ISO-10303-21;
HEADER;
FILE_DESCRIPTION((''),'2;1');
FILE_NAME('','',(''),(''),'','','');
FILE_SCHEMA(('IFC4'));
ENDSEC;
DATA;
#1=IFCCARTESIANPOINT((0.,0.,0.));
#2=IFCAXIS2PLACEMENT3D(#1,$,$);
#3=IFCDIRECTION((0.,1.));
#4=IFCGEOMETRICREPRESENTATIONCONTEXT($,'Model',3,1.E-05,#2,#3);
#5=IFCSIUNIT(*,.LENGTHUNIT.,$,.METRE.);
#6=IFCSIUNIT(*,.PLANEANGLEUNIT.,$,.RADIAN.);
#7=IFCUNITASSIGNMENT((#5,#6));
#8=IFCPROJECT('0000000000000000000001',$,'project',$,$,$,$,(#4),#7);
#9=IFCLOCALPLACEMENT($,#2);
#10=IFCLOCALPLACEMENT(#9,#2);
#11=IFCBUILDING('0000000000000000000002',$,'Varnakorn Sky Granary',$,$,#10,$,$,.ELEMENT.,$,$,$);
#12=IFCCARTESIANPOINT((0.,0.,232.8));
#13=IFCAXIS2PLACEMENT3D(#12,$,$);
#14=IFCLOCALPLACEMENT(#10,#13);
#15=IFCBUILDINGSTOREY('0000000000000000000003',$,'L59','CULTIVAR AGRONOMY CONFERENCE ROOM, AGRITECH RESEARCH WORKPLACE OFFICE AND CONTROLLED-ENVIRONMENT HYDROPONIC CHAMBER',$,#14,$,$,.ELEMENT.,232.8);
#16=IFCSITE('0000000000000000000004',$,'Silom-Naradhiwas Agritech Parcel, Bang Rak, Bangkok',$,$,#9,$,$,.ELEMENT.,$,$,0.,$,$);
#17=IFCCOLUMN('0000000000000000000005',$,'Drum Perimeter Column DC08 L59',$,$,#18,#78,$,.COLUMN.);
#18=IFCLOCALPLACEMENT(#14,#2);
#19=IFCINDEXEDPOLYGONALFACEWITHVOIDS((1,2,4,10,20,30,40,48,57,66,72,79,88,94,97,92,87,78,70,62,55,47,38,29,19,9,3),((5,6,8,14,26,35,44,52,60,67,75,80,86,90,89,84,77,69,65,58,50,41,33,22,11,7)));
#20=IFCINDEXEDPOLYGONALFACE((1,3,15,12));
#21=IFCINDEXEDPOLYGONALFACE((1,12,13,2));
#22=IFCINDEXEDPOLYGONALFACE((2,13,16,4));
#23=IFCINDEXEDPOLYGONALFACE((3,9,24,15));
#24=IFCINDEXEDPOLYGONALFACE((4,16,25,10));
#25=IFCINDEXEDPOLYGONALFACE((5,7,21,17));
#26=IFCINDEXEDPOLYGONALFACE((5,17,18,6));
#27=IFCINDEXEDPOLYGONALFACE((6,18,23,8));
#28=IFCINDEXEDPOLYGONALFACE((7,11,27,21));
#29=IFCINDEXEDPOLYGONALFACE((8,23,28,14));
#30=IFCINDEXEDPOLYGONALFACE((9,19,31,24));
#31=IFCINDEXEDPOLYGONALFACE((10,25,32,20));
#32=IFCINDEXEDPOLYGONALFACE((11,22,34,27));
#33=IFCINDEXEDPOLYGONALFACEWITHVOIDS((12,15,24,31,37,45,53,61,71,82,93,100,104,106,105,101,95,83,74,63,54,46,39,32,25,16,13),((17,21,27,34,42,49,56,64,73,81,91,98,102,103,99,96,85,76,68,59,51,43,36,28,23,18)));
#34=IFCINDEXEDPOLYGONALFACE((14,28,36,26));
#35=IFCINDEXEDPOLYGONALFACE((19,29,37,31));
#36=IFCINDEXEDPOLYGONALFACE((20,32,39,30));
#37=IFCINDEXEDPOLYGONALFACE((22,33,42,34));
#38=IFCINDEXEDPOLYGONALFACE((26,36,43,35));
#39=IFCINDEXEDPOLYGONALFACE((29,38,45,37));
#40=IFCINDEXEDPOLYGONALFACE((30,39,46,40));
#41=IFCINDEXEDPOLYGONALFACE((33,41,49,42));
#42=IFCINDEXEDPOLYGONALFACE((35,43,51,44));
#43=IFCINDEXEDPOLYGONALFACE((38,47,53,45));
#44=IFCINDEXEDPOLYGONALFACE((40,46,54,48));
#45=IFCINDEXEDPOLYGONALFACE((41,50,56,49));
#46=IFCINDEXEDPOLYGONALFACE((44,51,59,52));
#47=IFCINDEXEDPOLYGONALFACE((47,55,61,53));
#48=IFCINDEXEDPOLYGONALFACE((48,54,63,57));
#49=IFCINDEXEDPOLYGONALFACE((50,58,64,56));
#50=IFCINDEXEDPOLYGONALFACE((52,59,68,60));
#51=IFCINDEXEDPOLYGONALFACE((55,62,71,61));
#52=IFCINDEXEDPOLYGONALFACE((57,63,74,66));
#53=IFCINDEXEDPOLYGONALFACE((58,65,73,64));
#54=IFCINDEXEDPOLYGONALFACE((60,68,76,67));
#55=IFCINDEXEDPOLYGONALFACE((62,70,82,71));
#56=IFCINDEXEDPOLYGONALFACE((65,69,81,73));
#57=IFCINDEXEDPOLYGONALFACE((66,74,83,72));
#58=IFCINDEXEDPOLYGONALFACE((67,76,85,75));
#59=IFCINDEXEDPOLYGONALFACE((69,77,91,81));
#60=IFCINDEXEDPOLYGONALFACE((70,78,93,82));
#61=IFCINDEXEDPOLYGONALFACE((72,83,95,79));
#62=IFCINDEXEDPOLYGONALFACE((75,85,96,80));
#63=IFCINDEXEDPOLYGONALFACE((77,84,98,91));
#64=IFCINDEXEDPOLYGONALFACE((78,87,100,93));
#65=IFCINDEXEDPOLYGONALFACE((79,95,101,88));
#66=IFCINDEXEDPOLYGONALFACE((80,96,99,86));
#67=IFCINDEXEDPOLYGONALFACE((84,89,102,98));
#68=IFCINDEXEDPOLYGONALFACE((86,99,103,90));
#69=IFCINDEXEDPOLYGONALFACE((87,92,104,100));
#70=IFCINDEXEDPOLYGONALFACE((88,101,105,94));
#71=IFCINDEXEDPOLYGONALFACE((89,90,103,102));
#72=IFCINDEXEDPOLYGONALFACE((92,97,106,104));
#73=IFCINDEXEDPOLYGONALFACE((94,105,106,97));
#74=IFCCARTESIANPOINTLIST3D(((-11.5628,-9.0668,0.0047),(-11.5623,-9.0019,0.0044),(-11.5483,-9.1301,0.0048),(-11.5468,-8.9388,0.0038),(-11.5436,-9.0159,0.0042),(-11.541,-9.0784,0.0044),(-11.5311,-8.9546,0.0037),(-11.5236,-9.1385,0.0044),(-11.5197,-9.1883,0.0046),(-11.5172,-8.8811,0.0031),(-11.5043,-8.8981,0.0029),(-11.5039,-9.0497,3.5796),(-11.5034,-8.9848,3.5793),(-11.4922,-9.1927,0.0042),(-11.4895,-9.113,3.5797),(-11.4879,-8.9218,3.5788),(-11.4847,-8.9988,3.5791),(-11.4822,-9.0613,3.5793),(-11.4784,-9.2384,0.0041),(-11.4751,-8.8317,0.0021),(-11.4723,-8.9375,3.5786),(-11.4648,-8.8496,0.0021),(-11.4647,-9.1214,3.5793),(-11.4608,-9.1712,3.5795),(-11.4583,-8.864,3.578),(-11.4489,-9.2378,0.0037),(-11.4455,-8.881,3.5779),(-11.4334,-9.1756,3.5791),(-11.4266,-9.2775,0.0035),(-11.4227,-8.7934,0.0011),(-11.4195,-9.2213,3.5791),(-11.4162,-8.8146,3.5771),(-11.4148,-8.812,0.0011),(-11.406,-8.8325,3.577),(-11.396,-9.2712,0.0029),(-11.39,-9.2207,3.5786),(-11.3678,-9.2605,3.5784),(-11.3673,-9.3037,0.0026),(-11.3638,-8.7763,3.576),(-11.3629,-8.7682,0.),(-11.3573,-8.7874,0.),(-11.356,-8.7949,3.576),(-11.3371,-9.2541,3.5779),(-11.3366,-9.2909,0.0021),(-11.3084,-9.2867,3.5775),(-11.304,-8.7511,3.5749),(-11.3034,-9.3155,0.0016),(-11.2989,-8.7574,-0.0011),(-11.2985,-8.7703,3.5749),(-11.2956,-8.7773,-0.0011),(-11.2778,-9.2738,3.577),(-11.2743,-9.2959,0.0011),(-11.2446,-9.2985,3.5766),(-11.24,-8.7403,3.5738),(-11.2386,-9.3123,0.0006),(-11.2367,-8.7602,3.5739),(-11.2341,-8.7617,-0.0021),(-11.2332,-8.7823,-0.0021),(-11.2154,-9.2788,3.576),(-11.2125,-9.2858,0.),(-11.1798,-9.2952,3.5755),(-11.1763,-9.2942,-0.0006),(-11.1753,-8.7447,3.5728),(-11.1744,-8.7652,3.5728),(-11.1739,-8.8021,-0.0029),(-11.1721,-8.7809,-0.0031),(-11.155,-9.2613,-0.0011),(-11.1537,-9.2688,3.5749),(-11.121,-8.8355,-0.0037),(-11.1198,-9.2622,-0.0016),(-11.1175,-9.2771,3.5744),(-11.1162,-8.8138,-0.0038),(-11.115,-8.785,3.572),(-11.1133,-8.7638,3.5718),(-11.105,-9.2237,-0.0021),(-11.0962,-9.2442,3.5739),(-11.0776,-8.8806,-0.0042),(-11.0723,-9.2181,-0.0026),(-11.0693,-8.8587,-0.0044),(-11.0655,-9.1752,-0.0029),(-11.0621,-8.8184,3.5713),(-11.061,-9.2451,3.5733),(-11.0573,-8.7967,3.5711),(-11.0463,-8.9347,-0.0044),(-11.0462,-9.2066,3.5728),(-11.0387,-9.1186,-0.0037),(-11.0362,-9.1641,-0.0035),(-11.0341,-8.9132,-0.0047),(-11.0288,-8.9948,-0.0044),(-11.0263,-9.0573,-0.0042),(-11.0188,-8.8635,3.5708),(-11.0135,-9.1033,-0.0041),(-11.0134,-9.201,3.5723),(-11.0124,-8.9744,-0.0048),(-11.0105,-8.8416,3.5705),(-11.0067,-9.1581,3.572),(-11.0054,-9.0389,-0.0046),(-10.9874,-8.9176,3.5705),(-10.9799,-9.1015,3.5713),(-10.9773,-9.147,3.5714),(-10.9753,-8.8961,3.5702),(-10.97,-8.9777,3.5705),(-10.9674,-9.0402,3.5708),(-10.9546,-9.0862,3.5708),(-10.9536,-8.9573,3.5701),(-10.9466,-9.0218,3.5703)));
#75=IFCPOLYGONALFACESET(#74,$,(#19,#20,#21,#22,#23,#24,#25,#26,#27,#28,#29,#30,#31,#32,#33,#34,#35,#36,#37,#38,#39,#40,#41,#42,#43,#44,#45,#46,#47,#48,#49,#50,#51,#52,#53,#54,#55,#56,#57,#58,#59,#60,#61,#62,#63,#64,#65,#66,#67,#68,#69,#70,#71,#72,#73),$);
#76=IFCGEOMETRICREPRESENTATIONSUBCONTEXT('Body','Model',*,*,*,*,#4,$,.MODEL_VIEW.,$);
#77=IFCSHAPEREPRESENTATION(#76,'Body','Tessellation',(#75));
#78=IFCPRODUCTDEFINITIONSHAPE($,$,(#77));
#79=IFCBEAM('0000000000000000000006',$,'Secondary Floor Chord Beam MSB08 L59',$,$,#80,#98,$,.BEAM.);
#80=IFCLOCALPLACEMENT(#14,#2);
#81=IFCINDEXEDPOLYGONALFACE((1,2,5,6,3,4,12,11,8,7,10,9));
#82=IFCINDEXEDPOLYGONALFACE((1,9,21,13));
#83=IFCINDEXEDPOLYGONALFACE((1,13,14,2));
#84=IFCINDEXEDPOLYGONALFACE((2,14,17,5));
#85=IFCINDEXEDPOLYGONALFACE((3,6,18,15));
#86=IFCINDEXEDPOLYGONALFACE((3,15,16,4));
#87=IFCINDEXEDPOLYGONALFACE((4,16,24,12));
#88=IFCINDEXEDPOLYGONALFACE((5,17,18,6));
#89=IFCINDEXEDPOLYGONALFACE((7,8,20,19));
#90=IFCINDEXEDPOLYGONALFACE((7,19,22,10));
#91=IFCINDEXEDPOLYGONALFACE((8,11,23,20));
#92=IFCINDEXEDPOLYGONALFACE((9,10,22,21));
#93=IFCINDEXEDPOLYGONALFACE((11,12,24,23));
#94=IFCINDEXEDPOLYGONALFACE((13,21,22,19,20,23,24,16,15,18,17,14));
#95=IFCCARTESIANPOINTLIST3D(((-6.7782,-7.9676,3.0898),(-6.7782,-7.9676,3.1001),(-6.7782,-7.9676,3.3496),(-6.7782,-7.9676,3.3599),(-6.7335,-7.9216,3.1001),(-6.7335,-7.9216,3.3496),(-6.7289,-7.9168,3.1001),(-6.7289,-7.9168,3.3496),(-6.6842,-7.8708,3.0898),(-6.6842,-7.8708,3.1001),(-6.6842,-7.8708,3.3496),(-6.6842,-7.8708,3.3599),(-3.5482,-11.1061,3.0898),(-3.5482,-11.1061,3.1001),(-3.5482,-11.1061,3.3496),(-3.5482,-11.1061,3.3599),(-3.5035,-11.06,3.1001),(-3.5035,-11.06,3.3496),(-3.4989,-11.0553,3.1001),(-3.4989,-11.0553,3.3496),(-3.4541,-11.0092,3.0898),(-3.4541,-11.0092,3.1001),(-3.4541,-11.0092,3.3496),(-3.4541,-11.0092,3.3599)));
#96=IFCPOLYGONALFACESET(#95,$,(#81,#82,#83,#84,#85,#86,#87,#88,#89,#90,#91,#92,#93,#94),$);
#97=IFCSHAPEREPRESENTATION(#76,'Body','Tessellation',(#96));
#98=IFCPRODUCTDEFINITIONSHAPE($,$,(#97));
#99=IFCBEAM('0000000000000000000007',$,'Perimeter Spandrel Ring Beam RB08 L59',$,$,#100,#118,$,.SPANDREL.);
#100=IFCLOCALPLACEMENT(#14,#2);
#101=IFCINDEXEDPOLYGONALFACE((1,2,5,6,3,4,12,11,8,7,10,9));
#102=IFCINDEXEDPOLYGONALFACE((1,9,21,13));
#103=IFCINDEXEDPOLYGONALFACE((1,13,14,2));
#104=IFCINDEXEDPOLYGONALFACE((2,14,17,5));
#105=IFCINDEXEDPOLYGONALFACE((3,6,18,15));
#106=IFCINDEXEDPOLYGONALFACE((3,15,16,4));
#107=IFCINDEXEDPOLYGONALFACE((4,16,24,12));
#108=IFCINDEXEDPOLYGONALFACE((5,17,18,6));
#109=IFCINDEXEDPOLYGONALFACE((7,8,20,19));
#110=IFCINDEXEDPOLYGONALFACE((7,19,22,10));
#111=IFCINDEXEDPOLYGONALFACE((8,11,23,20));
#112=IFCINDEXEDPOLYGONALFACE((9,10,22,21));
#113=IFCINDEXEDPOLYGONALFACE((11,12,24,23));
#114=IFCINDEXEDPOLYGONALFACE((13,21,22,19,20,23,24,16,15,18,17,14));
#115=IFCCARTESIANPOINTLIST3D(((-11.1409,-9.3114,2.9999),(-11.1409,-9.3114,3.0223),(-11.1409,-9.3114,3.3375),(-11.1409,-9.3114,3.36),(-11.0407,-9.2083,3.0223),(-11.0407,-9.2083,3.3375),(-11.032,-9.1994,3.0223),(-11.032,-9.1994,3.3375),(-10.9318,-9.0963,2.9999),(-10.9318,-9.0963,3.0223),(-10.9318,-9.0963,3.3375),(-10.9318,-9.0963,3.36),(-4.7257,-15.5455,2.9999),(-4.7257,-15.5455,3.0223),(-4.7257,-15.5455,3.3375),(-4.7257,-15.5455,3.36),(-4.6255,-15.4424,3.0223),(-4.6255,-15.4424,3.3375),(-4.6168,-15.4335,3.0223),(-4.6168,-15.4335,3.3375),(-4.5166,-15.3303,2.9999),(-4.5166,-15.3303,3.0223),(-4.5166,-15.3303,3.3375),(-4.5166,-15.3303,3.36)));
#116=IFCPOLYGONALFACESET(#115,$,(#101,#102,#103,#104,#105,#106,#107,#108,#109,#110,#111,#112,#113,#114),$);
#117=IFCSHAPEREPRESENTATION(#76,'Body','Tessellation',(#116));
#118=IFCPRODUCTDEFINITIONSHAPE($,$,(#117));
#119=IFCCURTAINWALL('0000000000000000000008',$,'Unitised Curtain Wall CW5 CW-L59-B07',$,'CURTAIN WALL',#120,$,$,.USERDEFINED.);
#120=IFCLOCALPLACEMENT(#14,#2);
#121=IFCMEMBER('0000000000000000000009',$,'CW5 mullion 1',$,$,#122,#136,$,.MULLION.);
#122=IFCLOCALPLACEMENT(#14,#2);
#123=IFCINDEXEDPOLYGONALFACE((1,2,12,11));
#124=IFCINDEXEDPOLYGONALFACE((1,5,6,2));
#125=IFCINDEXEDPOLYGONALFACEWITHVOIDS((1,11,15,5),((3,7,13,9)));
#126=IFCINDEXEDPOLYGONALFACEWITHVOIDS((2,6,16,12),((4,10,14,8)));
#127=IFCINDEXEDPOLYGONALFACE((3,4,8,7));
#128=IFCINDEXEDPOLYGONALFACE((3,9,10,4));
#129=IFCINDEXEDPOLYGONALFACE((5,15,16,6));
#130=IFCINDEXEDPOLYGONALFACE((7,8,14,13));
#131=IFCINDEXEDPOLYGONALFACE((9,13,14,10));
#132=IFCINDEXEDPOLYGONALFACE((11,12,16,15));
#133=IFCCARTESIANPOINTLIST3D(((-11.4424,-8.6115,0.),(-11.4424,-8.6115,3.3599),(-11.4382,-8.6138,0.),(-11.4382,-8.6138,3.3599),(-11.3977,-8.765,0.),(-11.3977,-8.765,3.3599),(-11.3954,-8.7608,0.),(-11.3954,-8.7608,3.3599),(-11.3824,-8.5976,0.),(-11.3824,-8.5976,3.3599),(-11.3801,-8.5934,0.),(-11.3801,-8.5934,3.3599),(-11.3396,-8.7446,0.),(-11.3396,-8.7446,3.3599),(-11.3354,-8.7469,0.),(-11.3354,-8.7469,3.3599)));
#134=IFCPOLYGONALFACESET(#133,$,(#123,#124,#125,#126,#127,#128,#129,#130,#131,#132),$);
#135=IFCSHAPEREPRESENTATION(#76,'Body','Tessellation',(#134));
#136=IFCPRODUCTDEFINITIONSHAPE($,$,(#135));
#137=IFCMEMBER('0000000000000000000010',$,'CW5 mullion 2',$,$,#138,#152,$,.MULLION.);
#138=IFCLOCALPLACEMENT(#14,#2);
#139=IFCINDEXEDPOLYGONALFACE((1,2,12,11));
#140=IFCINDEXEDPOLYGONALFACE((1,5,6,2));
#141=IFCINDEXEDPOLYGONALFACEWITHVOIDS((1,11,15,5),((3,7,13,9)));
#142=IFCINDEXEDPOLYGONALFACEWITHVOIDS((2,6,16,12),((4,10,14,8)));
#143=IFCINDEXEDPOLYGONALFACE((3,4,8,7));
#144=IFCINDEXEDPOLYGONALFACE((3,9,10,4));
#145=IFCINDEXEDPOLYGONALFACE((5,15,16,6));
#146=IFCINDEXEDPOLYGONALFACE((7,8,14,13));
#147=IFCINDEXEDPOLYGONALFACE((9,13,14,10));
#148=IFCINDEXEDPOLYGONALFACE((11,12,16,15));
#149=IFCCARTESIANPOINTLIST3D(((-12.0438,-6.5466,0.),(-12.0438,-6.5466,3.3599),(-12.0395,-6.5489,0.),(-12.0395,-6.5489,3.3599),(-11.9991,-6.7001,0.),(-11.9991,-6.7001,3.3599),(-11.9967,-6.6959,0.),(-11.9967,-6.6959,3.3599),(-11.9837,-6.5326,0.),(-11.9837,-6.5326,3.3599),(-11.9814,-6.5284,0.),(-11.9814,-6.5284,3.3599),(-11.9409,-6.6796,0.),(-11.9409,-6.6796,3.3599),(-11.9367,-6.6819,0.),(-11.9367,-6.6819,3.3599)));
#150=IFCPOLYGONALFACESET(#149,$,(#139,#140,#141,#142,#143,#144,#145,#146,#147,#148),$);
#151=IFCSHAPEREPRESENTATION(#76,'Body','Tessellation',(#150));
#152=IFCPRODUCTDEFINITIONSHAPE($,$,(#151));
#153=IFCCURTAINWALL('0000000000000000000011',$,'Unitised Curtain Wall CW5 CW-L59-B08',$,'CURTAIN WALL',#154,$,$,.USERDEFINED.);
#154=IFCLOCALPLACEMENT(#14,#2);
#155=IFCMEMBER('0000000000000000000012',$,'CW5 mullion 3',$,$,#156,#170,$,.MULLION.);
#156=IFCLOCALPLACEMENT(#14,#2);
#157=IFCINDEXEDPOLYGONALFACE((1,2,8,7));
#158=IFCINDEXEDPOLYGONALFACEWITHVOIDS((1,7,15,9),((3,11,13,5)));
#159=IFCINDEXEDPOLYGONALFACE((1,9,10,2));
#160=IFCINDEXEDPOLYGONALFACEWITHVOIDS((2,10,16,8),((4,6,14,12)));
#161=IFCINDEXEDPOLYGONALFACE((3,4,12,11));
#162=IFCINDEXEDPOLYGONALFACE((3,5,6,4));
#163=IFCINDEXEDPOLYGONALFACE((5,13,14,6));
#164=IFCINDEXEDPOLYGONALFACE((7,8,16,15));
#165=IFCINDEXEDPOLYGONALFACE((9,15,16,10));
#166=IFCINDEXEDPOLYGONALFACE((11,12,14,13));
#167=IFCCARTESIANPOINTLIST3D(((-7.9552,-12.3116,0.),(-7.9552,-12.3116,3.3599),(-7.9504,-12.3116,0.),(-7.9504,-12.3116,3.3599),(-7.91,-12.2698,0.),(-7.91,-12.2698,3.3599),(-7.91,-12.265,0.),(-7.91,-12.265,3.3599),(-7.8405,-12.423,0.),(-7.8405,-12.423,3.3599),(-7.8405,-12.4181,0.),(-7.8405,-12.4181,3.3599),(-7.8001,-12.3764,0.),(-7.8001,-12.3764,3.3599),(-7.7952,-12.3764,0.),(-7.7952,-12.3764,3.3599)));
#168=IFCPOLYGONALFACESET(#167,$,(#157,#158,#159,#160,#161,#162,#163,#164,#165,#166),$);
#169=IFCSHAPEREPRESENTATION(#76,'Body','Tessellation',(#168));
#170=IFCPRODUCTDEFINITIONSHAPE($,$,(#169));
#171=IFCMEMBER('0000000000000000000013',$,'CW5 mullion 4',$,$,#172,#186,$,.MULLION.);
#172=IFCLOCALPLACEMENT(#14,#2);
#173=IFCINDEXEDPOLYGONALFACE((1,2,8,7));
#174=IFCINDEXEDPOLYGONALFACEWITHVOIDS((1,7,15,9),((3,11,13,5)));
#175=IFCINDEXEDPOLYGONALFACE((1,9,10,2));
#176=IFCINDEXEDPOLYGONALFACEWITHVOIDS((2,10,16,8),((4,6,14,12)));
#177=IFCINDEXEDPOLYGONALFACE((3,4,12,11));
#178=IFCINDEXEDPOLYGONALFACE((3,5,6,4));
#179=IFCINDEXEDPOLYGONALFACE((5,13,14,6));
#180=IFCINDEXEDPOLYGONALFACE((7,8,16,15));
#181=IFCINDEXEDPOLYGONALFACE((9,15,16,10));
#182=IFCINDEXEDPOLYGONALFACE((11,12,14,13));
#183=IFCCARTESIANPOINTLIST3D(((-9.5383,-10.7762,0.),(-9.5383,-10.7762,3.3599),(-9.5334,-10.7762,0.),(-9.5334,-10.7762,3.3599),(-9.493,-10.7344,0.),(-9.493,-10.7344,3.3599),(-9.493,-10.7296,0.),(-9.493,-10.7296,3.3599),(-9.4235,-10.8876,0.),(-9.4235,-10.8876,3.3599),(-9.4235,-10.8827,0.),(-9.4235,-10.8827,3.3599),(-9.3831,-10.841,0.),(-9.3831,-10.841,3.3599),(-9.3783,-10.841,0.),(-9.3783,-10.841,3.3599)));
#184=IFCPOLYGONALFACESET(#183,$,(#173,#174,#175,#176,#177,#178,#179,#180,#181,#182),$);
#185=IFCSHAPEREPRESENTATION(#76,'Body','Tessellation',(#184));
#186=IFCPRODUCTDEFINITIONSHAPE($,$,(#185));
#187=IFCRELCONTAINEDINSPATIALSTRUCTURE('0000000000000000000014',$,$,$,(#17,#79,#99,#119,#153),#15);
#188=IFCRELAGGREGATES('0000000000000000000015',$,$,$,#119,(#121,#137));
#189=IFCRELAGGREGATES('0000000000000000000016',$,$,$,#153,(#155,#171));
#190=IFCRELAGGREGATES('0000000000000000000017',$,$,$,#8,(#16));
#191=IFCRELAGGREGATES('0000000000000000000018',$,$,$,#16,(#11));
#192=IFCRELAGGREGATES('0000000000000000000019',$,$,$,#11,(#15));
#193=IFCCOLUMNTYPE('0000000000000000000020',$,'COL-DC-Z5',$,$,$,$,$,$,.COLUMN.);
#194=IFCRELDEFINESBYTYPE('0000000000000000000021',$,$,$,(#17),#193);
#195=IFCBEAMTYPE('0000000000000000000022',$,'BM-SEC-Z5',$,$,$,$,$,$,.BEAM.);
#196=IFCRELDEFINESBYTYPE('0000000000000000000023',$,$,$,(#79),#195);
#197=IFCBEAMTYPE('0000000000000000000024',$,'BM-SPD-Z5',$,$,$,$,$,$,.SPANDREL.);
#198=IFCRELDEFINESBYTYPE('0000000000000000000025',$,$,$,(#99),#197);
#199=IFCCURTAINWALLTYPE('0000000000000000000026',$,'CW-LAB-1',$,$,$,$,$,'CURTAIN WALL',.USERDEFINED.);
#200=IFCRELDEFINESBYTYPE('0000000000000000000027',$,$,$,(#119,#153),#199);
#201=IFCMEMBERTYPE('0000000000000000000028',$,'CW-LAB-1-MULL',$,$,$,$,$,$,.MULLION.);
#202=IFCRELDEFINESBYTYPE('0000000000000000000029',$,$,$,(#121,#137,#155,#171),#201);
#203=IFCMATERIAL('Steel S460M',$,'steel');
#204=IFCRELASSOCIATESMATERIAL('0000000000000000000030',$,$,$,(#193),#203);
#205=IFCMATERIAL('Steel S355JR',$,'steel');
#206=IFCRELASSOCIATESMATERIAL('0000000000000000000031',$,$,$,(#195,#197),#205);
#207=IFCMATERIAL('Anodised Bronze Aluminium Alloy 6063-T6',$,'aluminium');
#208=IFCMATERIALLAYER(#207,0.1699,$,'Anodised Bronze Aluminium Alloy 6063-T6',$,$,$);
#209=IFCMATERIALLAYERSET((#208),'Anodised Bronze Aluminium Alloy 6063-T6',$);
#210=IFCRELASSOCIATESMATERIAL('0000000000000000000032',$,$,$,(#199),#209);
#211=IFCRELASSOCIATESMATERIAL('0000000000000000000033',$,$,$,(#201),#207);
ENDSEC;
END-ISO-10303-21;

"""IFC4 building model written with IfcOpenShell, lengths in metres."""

from ifc_helpers import new_model, si_unit, direction, frame, origin, origin_2d, place, context, subcontext, project, spatial, hollow_rectangle, hollow_circle, i_section, extrude, material, layer, layer_set, material_profile, profile_set, type_object, element, aggregate, save


model = new_model("IFC4")

# Units and contexts
model_context = context("Model", 3, precision=1e-05, world=origin(), true_north=direction((0.0, 1.0)))
body_context = subcontext(model_context, "Body", "Model", "MODEL_VIEW")
ifc_project = project(units=[si_unit("LENGTHUNIT", "METRE"), si_unit("PLANEANGLEUNIT", "RADIAN")], contexts=[model_context])

# Site, building, storey
site_placement = place(None, origin())
site = spatial("IfcSite", under=ifc_project, at=site_placement, Name="Silom-Naradhiwas Agritech Parcel, Bang Rak, Bangkok", CompositionType="ELEMENT", RefElevation=0.0)
building_placement = place(site_placement, origin())
building = spatial("IfcBuilding", under=site, at=building_placement, Name="Varnakorn Sky Granary", CompositionType="ELEMENT")
storey_placement = place(building_placement, frame((0.0, 0.0, 232.8)))
storey = spatial("IfcBuildingStorey", under=building, at=storey_placement, Name="L59", Description="CULTIVAR AGRONOMY CONFERENCE ROOM, AGRITECH RESEARCH WORKPLACE OFFICE AND CONTROLLED-ENVIRONMENT HYDROPONIC CHAMBER", CompositionType="ELEMENT", Elevation=232.8)

# Column
ifc_material_1 = material(Name="Steel S460M", Category="steel")
ifc_material_profile_1 = material_profile(ifc_material_1, hollow_circle(Radius=0.2795, WallThickness=0.02, at=origin_2d()), Name="CHS 559x20")
ifc_profile_set_1 = profile_set([ifc_material_profile_1], Name="Steel S460M")
column_type = type_object("IfcColumnType", Name="COL-DC-Z5", PredefinedType="COLUMN", material=ifc_profile_set_1)
column_placement = place(storey_placement, frame((-11.2849, -9.0366, 0.0), z_axis=(0.016456, 0.00478, 0.999853), x_axis=(-0.278929, 0.960312, 0.0)))
element("IfcColumn", 1, at=column_placement, inside=storey, type_object=column_type, Name="Drum Perimeter Column DC08 L59", PredefinedType="COLUMN", context=body_context, shape_type="SweptSolid", body=[
    extrude(hollow_circle(Radius=0.2795, WallThickness=0.02, at=origin_2d()), origin(), (0.0, 0.0, 1.0), 3.5754),
])

# Beams
ifc_material_2 = material(Name="Steel S355JR", Category="steel")
ifc_material_profile_2 = material_profile(ifc_material_2, i_section(OverallWidth=0.135, OverallDepth=0.27, WebThickness=0.0066, FlangeThickness=0.0103, at=origin_2d()), Name="IPE 270")
ifc_profile_set_2 = profile_set([ifc_material_profile_2], Name="Steel S355JR")
beam_type_1 = type_object("IfcBeamType", Name="BM-SEC-Z5", PredefinedType="BEAM", material=ifc_profile_set_2)
beam_1_placement = place(storey_placement, frame((-6.7312, -7.9192, 3.2249), z_axis=(0.717198, -0.696869, 0.0), x_axis=(0.696869, 0.717198, 0.0)))
element("IfcBeam", 2, at=beam_1_placement, inside=storey, type_object=beam_type_1, Name="Secondary Floor Chord Beam MSB08 L59", PredefinedType="BEAM", context=body_context, shape_type="SweptSolid", body=[
    extrude(i_section(OverallWidth=0.135, OverallDepth=0.27, WebThickness=0.0066, FlangeThickness=0.0103, at=origin_2d()), origin(), (0.0, 0.0, 1.0), 4.5037),
])
ifc_material_profile_3 = material_profile(ifc_material_2, i_section(OverallWidth=0.3, OverallDepth=0.3601, WebThickness=0.0125, FlangeThickness=0.0225, at=origin_2d()), Name="HE 360 B")
ifc_profile_set_3 = profile_set([ifc_material_profile_3], Name="Steel S355JR")
beam_type_2 = type_object("IfcBeamType", Name="BM-SPD-Z5", PredefinedType="SPANDREL", material=ifc_profile_set_3)
beam_2_placement = place(storey_placement, frame((-11.0364, -9.2039, 3.1799), z_axis=(0.71716, -0.696909, 0.0), x_axis=(0.696909, 0.71716, 0.0)))
element("IfcBeam", 3, at=beam_2_placement, inside=storey, type_object=beam_type_2, Name="Perimeter Spandrel Ring Beam RB08 L59", PredefinedType="SPANDREL", context=body_context, shape_type="SweptSolid", body=[
    extrude(i_section(OverallWidth=0.3, OverallDepth=0.3601, WebThickness=0.0125, FlangeThickness=0.0225, at=origin_2d()), origin(), (0.0, 0.0, 1.0), 8.9453),
])

# Curtain walls, members
ifc_material_3 = material(Name="Anodised Bronze Aluminium Alloy 6063-T6", Category="aluminium")
ifc_layer_1 = layer(ifc_material_3, 0.1699, Name="Anodised Bronze Aluminium Alloy 6063-T6")
ifc_layer_set_1 = layer_set([ifc_layer_1], Name="Anodised Bronze Aluminium Alloy 6063-T6")
curtain_wall_type = type_object("IfcCurtainWallType", Name="CW-LAB-1", ElementType="CURTAIN WALL", PredefinedType="USERDEFINED", material=ifc_layer_set_1)
curtain_wall_1_placement = place(storey_placement, origin())
curtain_wall_1 = element("IfcCurtainWall", 4, at=curtain_wall_1_placement, inside=storey, type_object=curtain_wall_type, Name="Unitised Curtain Wall CW5 CW-L59-B07", ObjectType="CURTAIN WALL", PredefinedType="USERDEFINED")
ifc_material_profile_4 = material_profile(ifc_material_3, hollow_rectangle(XDim=0.0649, YDim=0.1599, WallThickness=0.0034, at=origin_2d()), Name="ALU MULL 65x160")
ifc_profile_set_4 = profile_set([ifc_material_profile_4], Name="Anodised Bronze Aluminium Alloy 6063-T6")
member_type_1 = type_object("IfcMemberType", Name="CW-LAB-1-MULL", PredefinedType="MULLION", material=ifc_profile_set_4)
member_1_placement = place(storey_placement, frame((-11.3889, -8.6792, 0.0), z_axis=(0.0, 0.0, 1.0), x_axis=(-0.960129, -0.279559, 0.0)))
member_1 = element("IfcMember", 5, at=member_1_placement, type_object=member_type_1, Name="CW5 mullion 1", PredefinedType="MULLION", context=body_context, shape_type="SweptSolid", body=[
    extrude(hollow_rectangle(XDim=0.0649, YDim=0.1599, WallThickness=0.0034, at=origin_2d()), origin(), (0.0, 0.0, 1.0), 3.3599),
])
member_2_placement = place(storey_placement, frame((-11.9902, -6.6143, 0.0), z_axis=(0.0, 0.0, 1.0), x_axis=(-0.960129, -0.279559, 0.0)))
member_2 = element("IfcMember", 6, at=member_2_placement, type_object=member_type_1, Name="CW5 mullion 2", PredefinedType="MULLION", context=body_context, shape_type="SweptSolid", body=[
    extrude(hollow_rectangle(XDim=0.0649, YDim=0.1599, WallThickness=0.0034, at=origin_2d()), origin(), (0.0, 0.0, 1.0), 3.3599),
])
curtain_wall_2_placement = place(storey_placement, origin())
curtain_wall_2 = element("IfcCurtainWall", 7, at=curtain_wall_2_placement, inside=storey, type_object=curtain_wall_type, Name="Unitised Curtain Wall CW5 CW-L59-B08", ObjectType="CURTAIN WALL", PredefinedType="USERDEFINED")
member_3_placement = place(storey_placement, frame((-7.8752, -12.344, 0.0), z_axis=(0.0, 0.0, 1.0), x_axis=(-0.696279, -0.717771, 0.0)))
member_3 = element("IfcMember", 8, at=member_3_placement, type_object=member_type_1, Name="CW5 mullion 3", PredefinedType="MULLION", context=body_context, shape_type="SweptSolid", body=[
    extrude(hollow_rectangle(XDim=0.0649, YDim=0.1599, WallThickness=0.0034, at=origin_2d()), origin(), (0.0, 0.0, 1.0), 3.3599),
])
member_4_placement = place(storey_placement, frame((-9.4583, -10.8086, 0.0), z_axis=(0.0, 0.0, 1.0), x_axis=(-0.696279, -0.717771, 0.0)))
member_4 = element("IfcMember", 9, at=member_4_placement, type_object=member_type_1, Name="CW5 mullion 4", PredefinedType="MULLION", context=body_context, shape_type="SweptSolid", body=[
    extrude(hollow_rectangle(XDim=0.0649, YDim=0.1599, WallThickness=0.0034, at=origin_2d()), origin(), (0.0, 0.0, 1.0), 3.3599),
])

aggregate(curtain_wall_1, [member_1, member_2])
aggregate(curtain_wall_2, [member_3, member_4])

save(model, "model.ifc")
